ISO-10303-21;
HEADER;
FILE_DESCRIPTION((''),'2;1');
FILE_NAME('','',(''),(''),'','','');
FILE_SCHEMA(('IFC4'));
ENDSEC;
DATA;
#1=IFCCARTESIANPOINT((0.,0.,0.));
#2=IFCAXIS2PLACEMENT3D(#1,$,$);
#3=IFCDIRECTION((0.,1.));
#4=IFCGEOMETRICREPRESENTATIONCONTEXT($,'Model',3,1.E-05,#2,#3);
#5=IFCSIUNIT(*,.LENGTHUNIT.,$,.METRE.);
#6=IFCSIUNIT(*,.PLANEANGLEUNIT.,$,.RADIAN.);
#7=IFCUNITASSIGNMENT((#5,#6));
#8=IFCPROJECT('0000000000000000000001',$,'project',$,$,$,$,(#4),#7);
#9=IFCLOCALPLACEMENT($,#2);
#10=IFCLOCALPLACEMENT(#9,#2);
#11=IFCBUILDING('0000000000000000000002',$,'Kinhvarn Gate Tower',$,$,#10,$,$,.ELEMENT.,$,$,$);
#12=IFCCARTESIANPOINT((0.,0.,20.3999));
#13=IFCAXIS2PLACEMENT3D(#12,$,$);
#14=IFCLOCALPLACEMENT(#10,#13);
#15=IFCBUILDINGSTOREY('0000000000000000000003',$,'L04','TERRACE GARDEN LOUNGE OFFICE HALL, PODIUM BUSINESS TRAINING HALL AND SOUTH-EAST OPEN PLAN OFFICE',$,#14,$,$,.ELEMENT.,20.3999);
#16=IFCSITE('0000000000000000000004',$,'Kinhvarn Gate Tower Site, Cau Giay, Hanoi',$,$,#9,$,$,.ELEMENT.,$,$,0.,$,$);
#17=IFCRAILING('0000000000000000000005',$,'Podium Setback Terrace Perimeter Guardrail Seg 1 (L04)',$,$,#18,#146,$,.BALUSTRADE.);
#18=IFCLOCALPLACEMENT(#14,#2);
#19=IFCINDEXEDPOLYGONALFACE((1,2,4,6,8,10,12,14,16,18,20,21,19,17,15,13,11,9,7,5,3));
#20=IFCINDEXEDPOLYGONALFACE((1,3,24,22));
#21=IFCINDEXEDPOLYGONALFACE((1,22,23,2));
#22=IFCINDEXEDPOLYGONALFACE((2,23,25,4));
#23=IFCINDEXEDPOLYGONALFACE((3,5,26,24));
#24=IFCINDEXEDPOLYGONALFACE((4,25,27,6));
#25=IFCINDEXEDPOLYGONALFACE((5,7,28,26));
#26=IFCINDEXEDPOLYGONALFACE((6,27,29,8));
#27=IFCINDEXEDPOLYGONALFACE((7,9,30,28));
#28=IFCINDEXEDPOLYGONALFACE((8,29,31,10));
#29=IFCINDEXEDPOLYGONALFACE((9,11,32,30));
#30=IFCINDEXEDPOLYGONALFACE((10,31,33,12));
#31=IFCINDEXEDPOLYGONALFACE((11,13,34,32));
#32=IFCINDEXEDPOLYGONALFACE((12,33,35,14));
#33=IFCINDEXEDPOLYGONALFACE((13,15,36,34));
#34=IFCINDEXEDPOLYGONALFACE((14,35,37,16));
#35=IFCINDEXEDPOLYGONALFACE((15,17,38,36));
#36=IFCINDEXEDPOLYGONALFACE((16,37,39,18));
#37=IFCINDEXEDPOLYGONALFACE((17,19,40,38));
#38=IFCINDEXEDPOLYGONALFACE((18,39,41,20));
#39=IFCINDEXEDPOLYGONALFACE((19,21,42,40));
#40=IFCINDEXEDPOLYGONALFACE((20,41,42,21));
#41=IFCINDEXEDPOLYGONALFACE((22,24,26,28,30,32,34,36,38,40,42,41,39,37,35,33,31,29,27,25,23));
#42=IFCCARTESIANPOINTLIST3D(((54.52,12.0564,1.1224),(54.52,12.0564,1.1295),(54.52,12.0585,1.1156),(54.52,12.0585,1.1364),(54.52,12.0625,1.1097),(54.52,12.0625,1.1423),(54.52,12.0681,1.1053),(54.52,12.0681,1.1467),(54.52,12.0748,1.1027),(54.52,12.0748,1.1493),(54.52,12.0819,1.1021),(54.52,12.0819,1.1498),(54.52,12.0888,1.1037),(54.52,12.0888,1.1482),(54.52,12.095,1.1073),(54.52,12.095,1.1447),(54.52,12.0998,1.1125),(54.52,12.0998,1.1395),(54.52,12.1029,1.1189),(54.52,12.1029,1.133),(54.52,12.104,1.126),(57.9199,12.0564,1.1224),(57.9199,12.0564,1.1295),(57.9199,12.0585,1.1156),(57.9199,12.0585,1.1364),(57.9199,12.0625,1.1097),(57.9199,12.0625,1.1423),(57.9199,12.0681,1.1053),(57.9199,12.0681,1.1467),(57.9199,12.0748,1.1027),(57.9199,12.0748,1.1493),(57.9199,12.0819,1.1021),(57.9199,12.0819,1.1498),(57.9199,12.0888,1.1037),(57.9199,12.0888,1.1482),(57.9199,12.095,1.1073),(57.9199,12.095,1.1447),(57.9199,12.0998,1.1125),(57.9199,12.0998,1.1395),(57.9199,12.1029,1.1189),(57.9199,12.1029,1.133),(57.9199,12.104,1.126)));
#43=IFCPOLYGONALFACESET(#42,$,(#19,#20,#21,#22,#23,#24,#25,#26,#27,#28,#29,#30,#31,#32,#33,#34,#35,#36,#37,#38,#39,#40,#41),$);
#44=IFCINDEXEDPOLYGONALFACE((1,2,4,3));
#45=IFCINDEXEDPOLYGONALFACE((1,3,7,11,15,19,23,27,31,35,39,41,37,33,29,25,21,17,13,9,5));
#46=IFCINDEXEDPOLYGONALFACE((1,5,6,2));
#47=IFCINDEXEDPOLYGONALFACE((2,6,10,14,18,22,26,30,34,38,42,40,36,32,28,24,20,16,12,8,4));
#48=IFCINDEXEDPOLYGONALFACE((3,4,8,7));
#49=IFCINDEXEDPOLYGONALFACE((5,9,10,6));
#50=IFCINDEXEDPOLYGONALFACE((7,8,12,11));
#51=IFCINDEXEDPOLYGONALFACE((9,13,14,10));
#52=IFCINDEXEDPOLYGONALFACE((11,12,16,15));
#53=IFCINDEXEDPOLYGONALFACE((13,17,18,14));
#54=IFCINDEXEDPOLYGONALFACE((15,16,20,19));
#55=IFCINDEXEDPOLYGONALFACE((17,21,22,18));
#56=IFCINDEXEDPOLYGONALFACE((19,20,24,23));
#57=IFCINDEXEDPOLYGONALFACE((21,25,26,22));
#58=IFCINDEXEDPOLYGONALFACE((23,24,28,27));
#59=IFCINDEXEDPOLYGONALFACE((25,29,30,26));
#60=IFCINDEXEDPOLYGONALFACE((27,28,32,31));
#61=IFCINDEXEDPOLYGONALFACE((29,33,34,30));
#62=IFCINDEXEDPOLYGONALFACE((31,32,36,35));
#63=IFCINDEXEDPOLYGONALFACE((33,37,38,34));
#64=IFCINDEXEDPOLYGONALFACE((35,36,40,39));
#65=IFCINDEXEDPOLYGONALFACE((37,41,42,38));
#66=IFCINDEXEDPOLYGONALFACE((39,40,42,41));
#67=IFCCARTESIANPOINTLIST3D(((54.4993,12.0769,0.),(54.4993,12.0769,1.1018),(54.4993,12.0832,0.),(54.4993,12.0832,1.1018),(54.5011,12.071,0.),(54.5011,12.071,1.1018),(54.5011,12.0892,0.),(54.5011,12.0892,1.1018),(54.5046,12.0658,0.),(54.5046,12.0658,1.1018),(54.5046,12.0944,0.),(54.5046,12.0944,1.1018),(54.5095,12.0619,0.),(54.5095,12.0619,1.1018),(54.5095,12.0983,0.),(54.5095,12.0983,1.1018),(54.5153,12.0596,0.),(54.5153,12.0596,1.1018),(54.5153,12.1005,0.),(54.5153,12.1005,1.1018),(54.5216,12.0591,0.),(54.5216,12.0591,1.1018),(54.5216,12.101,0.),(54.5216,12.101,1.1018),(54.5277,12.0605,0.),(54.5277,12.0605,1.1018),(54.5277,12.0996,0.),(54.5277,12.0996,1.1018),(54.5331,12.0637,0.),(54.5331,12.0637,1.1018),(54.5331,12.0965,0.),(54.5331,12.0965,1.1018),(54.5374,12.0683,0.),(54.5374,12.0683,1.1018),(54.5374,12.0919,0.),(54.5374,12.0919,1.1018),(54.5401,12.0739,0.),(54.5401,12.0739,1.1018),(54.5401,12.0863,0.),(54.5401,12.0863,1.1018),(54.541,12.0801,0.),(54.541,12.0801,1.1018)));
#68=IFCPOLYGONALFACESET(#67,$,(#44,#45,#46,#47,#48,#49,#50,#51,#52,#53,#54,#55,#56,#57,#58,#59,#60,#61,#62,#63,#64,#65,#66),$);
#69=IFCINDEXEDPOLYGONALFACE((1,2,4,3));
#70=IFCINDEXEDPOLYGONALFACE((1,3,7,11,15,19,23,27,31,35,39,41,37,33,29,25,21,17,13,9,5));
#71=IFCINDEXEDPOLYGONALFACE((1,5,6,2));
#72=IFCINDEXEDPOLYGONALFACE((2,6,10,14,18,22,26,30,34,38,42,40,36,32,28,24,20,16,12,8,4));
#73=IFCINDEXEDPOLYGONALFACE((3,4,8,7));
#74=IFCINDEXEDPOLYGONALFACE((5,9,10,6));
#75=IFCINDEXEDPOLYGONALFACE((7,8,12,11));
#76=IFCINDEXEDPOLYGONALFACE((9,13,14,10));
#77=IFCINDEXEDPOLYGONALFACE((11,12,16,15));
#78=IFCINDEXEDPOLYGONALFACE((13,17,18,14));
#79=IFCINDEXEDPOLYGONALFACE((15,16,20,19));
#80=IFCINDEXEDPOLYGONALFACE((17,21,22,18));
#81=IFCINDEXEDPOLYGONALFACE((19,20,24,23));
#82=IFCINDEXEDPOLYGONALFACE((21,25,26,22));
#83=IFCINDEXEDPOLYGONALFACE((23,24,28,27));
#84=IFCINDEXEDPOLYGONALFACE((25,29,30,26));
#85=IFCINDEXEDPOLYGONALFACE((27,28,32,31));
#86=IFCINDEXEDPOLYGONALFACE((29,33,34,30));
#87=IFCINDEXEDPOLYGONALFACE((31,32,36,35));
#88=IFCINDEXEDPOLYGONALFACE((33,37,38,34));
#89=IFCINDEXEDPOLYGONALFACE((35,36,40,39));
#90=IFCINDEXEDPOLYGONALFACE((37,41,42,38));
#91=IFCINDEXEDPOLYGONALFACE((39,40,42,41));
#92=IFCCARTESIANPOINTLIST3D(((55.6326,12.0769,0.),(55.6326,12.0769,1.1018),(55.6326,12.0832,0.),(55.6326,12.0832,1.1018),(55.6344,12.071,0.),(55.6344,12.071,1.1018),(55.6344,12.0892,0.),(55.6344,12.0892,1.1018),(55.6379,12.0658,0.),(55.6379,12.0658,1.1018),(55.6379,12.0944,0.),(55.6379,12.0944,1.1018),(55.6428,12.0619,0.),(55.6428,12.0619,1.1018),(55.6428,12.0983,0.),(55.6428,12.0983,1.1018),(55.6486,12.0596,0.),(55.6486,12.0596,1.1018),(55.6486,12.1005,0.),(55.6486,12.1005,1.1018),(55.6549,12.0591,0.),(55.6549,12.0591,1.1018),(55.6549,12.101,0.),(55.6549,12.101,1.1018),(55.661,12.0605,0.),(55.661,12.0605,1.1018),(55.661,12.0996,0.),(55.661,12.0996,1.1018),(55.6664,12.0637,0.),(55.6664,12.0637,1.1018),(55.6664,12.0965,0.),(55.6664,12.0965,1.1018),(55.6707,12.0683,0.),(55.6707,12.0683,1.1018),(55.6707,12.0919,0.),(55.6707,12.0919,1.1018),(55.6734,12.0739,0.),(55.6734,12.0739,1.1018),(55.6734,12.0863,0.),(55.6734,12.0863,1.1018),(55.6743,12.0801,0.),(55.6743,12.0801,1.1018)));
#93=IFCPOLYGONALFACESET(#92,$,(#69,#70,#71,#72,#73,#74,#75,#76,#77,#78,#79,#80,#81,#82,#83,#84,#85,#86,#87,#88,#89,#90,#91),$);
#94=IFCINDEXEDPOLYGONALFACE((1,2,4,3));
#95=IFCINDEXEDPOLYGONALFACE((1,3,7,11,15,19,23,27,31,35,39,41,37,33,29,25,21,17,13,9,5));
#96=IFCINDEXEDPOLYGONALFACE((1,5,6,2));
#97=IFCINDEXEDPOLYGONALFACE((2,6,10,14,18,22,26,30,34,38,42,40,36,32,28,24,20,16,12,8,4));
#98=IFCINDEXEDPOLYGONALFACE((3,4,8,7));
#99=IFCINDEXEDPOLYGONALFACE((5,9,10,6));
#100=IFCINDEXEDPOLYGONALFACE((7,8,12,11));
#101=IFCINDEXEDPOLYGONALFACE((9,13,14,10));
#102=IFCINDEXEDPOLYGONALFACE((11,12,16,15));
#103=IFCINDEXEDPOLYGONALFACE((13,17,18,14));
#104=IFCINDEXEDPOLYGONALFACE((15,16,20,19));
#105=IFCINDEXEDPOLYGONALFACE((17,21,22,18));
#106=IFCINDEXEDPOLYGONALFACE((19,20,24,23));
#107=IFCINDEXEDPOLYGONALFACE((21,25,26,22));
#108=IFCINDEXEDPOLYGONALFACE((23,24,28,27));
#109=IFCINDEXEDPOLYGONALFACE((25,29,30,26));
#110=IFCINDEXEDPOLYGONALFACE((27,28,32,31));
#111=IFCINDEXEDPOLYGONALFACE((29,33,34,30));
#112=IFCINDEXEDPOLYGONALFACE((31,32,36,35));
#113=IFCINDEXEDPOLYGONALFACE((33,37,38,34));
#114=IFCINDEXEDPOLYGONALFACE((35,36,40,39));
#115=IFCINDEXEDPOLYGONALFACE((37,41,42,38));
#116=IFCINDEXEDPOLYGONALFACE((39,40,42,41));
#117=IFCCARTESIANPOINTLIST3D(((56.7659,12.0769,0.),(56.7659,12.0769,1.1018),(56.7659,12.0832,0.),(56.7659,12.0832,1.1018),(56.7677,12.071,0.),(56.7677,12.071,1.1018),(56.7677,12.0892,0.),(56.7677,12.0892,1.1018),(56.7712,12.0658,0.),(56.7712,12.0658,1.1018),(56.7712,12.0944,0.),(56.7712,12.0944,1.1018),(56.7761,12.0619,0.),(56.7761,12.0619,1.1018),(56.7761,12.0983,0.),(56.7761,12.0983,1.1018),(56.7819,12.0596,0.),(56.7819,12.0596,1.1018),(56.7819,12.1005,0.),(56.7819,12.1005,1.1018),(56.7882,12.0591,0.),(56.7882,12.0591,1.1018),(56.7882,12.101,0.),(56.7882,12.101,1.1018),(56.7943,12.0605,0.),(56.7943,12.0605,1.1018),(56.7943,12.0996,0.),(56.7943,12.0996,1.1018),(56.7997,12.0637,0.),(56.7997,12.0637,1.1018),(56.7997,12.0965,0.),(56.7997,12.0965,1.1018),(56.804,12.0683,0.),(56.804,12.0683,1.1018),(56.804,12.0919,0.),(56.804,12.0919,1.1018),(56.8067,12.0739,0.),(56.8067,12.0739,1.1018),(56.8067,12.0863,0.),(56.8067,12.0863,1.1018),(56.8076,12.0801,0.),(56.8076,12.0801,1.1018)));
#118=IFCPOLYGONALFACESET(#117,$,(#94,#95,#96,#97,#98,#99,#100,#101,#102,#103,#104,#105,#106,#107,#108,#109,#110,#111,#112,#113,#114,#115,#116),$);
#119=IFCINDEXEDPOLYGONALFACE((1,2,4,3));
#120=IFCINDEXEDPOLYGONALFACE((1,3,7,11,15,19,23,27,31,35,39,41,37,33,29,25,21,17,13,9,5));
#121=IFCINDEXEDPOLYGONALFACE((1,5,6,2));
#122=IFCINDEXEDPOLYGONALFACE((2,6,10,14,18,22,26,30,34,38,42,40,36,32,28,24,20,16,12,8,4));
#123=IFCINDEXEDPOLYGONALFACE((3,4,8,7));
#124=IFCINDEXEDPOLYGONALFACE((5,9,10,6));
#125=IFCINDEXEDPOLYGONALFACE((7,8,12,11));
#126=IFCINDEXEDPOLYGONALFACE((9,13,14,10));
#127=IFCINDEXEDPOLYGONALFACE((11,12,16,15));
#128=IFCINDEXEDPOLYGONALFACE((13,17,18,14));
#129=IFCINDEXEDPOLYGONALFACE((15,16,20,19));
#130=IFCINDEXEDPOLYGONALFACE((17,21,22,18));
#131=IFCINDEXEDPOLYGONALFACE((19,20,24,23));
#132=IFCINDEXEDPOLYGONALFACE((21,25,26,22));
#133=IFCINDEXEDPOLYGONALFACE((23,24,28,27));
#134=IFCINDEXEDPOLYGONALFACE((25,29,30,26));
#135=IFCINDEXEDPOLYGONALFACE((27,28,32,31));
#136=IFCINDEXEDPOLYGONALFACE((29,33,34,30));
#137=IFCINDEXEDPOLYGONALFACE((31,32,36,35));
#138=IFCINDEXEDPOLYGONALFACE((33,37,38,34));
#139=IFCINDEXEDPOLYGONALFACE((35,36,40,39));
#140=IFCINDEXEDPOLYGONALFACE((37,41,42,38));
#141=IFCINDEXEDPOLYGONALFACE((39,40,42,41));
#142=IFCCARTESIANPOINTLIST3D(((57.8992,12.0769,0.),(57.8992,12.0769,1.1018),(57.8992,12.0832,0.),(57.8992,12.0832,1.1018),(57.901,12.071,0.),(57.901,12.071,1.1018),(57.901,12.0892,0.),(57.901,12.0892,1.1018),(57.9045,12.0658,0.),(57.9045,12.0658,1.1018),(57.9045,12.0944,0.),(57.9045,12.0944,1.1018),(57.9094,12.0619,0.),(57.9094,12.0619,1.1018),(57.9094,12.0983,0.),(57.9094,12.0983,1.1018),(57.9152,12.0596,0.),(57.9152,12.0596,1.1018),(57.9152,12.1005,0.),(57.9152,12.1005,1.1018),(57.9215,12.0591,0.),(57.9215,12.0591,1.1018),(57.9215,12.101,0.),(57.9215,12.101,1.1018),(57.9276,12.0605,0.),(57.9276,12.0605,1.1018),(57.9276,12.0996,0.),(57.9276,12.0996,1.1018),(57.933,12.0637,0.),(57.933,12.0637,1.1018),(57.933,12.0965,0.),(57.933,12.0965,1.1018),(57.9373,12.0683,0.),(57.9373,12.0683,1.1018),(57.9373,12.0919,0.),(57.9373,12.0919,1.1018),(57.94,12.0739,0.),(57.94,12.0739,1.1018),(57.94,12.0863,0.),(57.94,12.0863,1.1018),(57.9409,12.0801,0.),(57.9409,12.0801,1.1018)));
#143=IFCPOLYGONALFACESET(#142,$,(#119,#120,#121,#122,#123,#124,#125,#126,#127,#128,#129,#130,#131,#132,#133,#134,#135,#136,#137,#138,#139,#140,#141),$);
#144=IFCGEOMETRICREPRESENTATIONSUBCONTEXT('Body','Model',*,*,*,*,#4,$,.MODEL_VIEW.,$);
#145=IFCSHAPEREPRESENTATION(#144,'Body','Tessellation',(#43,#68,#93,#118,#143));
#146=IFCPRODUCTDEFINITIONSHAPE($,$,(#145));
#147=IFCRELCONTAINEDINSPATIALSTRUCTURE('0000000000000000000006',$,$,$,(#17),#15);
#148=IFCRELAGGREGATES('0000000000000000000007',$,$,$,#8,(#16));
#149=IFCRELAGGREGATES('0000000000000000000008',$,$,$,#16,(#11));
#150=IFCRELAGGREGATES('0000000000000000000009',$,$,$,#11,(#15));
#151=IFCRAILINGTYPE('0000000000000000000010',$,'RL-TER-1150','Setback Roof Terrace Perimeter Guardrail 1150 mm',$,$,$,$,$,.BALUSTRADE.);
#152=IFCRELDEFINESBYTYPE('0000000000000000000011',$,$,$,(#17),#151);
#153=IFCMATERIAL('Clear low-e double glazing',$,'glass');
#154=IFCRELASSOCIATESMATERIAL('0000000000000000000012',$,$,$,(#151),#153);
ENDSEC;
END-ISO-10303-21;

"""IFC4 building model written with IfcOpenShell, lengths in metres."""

from ifc_helpers import new_model, si_unit, direction, frame, origin, origin_2d, place, context, subcontext, project, spatial, circle, extrude, material, type_object, element, save


model = new_model("IFC4")

# Units and contexts
model_context = context("Model", 3, precision=1e-05, world=origin(), true_north=direction((0.0, 1.0)))
body_context = subcontext(model_context, "Body", "Model", "MODEL_VIEW")
ifc_project = project(units=[si_unit("LENGTHUNIT", "METRE"), si_unit("PLANEANGLEUNIT", "RADIAN")], contexts=[model_context])

# Site, building, storey
site_placement = place(None, origin())
site = spatial("IfcSite", under=ifc_project, at=site_placement, Name="Kinhvarn Gate Tower Site, Cau Giay, Hanoi", CompositionType="ELEMENT", RefElevation=0.0)
building_placement = place(site_placement, origin())
building = spatial("IfcBuilding", under=site, at=building_placement, Name="Kinhvarn Gate Tower", CompositionType="ELEMENT")
storey_placement = place(building_placement, frame((0.0, 0.0, 20.3999)))
storey = spatial("IfcBuildingStorey", under=building, at=storey_placement, Name="L04", Description="TERRACE GARDEN LOUNGE OFFICE HALL, PODIUM BUSINESS TRAINING HALL AND SOUTH-EAST OPEN PLAN OFFICE", CompositionType="ELEMENT", Elevation=20.3999)

# Shared definitions
ifc_material_1 = material(Name="Clear low-e double glazing", Category="glass")

# Railing
railing_type = type_object("IfcRailingType", Name="RL-TER-1150", Description="Setback Roof Terrace Perimeter Guardrail 1150 mm", PredefinedType="BALUSTRADE", material=ifc_material_1)
railing_1_placement = place(storey_placement, frame((54.52, 12.0801, 0.0)))
element("IfcRailing", 1, at=railing_1_placement, inside=storey, type_object=railing_type, Name="Podium Setback Terrace Perimeter Guardrail Seg 1 (L04)", PredefinedType="BALUSTRADE", context=body_context, shape_type="SweptSolid", body=[
    extrude(circle(Radius=0.0239, at=origin_2d()), frame((0.0, 0.0, 1.126), z_axis=(1.0, 0.0, 0.0), x_axis=(0.0, 1.0, 0.0)), (0.0, 0.0, 1.0), 3.3999),
    extrude(circle(Radius=0.021, at=origin_2d()), origin(), (0.0, 0.0, 1.0), 1.1018),
    extrude(circle(Radius=0.021, at=origin_2d()), frame((1.1333, 0.0, 0.0)), (0.0, 0.0, 1.0), 1.1018),
    extrude(circle(Radius=0.021, at=origin_2d()), frame((2.2666, 0.0, 0.0)), (0.0, 0.0, 1.0), 1.1018),
    extrude(circle(Radius=0.021, at=origin_2d()), frame((3.3999, 0.0, 0.0)), (0.0, 0.0, 1.0), 1.1018),
])

save(model, "model.ifc")
